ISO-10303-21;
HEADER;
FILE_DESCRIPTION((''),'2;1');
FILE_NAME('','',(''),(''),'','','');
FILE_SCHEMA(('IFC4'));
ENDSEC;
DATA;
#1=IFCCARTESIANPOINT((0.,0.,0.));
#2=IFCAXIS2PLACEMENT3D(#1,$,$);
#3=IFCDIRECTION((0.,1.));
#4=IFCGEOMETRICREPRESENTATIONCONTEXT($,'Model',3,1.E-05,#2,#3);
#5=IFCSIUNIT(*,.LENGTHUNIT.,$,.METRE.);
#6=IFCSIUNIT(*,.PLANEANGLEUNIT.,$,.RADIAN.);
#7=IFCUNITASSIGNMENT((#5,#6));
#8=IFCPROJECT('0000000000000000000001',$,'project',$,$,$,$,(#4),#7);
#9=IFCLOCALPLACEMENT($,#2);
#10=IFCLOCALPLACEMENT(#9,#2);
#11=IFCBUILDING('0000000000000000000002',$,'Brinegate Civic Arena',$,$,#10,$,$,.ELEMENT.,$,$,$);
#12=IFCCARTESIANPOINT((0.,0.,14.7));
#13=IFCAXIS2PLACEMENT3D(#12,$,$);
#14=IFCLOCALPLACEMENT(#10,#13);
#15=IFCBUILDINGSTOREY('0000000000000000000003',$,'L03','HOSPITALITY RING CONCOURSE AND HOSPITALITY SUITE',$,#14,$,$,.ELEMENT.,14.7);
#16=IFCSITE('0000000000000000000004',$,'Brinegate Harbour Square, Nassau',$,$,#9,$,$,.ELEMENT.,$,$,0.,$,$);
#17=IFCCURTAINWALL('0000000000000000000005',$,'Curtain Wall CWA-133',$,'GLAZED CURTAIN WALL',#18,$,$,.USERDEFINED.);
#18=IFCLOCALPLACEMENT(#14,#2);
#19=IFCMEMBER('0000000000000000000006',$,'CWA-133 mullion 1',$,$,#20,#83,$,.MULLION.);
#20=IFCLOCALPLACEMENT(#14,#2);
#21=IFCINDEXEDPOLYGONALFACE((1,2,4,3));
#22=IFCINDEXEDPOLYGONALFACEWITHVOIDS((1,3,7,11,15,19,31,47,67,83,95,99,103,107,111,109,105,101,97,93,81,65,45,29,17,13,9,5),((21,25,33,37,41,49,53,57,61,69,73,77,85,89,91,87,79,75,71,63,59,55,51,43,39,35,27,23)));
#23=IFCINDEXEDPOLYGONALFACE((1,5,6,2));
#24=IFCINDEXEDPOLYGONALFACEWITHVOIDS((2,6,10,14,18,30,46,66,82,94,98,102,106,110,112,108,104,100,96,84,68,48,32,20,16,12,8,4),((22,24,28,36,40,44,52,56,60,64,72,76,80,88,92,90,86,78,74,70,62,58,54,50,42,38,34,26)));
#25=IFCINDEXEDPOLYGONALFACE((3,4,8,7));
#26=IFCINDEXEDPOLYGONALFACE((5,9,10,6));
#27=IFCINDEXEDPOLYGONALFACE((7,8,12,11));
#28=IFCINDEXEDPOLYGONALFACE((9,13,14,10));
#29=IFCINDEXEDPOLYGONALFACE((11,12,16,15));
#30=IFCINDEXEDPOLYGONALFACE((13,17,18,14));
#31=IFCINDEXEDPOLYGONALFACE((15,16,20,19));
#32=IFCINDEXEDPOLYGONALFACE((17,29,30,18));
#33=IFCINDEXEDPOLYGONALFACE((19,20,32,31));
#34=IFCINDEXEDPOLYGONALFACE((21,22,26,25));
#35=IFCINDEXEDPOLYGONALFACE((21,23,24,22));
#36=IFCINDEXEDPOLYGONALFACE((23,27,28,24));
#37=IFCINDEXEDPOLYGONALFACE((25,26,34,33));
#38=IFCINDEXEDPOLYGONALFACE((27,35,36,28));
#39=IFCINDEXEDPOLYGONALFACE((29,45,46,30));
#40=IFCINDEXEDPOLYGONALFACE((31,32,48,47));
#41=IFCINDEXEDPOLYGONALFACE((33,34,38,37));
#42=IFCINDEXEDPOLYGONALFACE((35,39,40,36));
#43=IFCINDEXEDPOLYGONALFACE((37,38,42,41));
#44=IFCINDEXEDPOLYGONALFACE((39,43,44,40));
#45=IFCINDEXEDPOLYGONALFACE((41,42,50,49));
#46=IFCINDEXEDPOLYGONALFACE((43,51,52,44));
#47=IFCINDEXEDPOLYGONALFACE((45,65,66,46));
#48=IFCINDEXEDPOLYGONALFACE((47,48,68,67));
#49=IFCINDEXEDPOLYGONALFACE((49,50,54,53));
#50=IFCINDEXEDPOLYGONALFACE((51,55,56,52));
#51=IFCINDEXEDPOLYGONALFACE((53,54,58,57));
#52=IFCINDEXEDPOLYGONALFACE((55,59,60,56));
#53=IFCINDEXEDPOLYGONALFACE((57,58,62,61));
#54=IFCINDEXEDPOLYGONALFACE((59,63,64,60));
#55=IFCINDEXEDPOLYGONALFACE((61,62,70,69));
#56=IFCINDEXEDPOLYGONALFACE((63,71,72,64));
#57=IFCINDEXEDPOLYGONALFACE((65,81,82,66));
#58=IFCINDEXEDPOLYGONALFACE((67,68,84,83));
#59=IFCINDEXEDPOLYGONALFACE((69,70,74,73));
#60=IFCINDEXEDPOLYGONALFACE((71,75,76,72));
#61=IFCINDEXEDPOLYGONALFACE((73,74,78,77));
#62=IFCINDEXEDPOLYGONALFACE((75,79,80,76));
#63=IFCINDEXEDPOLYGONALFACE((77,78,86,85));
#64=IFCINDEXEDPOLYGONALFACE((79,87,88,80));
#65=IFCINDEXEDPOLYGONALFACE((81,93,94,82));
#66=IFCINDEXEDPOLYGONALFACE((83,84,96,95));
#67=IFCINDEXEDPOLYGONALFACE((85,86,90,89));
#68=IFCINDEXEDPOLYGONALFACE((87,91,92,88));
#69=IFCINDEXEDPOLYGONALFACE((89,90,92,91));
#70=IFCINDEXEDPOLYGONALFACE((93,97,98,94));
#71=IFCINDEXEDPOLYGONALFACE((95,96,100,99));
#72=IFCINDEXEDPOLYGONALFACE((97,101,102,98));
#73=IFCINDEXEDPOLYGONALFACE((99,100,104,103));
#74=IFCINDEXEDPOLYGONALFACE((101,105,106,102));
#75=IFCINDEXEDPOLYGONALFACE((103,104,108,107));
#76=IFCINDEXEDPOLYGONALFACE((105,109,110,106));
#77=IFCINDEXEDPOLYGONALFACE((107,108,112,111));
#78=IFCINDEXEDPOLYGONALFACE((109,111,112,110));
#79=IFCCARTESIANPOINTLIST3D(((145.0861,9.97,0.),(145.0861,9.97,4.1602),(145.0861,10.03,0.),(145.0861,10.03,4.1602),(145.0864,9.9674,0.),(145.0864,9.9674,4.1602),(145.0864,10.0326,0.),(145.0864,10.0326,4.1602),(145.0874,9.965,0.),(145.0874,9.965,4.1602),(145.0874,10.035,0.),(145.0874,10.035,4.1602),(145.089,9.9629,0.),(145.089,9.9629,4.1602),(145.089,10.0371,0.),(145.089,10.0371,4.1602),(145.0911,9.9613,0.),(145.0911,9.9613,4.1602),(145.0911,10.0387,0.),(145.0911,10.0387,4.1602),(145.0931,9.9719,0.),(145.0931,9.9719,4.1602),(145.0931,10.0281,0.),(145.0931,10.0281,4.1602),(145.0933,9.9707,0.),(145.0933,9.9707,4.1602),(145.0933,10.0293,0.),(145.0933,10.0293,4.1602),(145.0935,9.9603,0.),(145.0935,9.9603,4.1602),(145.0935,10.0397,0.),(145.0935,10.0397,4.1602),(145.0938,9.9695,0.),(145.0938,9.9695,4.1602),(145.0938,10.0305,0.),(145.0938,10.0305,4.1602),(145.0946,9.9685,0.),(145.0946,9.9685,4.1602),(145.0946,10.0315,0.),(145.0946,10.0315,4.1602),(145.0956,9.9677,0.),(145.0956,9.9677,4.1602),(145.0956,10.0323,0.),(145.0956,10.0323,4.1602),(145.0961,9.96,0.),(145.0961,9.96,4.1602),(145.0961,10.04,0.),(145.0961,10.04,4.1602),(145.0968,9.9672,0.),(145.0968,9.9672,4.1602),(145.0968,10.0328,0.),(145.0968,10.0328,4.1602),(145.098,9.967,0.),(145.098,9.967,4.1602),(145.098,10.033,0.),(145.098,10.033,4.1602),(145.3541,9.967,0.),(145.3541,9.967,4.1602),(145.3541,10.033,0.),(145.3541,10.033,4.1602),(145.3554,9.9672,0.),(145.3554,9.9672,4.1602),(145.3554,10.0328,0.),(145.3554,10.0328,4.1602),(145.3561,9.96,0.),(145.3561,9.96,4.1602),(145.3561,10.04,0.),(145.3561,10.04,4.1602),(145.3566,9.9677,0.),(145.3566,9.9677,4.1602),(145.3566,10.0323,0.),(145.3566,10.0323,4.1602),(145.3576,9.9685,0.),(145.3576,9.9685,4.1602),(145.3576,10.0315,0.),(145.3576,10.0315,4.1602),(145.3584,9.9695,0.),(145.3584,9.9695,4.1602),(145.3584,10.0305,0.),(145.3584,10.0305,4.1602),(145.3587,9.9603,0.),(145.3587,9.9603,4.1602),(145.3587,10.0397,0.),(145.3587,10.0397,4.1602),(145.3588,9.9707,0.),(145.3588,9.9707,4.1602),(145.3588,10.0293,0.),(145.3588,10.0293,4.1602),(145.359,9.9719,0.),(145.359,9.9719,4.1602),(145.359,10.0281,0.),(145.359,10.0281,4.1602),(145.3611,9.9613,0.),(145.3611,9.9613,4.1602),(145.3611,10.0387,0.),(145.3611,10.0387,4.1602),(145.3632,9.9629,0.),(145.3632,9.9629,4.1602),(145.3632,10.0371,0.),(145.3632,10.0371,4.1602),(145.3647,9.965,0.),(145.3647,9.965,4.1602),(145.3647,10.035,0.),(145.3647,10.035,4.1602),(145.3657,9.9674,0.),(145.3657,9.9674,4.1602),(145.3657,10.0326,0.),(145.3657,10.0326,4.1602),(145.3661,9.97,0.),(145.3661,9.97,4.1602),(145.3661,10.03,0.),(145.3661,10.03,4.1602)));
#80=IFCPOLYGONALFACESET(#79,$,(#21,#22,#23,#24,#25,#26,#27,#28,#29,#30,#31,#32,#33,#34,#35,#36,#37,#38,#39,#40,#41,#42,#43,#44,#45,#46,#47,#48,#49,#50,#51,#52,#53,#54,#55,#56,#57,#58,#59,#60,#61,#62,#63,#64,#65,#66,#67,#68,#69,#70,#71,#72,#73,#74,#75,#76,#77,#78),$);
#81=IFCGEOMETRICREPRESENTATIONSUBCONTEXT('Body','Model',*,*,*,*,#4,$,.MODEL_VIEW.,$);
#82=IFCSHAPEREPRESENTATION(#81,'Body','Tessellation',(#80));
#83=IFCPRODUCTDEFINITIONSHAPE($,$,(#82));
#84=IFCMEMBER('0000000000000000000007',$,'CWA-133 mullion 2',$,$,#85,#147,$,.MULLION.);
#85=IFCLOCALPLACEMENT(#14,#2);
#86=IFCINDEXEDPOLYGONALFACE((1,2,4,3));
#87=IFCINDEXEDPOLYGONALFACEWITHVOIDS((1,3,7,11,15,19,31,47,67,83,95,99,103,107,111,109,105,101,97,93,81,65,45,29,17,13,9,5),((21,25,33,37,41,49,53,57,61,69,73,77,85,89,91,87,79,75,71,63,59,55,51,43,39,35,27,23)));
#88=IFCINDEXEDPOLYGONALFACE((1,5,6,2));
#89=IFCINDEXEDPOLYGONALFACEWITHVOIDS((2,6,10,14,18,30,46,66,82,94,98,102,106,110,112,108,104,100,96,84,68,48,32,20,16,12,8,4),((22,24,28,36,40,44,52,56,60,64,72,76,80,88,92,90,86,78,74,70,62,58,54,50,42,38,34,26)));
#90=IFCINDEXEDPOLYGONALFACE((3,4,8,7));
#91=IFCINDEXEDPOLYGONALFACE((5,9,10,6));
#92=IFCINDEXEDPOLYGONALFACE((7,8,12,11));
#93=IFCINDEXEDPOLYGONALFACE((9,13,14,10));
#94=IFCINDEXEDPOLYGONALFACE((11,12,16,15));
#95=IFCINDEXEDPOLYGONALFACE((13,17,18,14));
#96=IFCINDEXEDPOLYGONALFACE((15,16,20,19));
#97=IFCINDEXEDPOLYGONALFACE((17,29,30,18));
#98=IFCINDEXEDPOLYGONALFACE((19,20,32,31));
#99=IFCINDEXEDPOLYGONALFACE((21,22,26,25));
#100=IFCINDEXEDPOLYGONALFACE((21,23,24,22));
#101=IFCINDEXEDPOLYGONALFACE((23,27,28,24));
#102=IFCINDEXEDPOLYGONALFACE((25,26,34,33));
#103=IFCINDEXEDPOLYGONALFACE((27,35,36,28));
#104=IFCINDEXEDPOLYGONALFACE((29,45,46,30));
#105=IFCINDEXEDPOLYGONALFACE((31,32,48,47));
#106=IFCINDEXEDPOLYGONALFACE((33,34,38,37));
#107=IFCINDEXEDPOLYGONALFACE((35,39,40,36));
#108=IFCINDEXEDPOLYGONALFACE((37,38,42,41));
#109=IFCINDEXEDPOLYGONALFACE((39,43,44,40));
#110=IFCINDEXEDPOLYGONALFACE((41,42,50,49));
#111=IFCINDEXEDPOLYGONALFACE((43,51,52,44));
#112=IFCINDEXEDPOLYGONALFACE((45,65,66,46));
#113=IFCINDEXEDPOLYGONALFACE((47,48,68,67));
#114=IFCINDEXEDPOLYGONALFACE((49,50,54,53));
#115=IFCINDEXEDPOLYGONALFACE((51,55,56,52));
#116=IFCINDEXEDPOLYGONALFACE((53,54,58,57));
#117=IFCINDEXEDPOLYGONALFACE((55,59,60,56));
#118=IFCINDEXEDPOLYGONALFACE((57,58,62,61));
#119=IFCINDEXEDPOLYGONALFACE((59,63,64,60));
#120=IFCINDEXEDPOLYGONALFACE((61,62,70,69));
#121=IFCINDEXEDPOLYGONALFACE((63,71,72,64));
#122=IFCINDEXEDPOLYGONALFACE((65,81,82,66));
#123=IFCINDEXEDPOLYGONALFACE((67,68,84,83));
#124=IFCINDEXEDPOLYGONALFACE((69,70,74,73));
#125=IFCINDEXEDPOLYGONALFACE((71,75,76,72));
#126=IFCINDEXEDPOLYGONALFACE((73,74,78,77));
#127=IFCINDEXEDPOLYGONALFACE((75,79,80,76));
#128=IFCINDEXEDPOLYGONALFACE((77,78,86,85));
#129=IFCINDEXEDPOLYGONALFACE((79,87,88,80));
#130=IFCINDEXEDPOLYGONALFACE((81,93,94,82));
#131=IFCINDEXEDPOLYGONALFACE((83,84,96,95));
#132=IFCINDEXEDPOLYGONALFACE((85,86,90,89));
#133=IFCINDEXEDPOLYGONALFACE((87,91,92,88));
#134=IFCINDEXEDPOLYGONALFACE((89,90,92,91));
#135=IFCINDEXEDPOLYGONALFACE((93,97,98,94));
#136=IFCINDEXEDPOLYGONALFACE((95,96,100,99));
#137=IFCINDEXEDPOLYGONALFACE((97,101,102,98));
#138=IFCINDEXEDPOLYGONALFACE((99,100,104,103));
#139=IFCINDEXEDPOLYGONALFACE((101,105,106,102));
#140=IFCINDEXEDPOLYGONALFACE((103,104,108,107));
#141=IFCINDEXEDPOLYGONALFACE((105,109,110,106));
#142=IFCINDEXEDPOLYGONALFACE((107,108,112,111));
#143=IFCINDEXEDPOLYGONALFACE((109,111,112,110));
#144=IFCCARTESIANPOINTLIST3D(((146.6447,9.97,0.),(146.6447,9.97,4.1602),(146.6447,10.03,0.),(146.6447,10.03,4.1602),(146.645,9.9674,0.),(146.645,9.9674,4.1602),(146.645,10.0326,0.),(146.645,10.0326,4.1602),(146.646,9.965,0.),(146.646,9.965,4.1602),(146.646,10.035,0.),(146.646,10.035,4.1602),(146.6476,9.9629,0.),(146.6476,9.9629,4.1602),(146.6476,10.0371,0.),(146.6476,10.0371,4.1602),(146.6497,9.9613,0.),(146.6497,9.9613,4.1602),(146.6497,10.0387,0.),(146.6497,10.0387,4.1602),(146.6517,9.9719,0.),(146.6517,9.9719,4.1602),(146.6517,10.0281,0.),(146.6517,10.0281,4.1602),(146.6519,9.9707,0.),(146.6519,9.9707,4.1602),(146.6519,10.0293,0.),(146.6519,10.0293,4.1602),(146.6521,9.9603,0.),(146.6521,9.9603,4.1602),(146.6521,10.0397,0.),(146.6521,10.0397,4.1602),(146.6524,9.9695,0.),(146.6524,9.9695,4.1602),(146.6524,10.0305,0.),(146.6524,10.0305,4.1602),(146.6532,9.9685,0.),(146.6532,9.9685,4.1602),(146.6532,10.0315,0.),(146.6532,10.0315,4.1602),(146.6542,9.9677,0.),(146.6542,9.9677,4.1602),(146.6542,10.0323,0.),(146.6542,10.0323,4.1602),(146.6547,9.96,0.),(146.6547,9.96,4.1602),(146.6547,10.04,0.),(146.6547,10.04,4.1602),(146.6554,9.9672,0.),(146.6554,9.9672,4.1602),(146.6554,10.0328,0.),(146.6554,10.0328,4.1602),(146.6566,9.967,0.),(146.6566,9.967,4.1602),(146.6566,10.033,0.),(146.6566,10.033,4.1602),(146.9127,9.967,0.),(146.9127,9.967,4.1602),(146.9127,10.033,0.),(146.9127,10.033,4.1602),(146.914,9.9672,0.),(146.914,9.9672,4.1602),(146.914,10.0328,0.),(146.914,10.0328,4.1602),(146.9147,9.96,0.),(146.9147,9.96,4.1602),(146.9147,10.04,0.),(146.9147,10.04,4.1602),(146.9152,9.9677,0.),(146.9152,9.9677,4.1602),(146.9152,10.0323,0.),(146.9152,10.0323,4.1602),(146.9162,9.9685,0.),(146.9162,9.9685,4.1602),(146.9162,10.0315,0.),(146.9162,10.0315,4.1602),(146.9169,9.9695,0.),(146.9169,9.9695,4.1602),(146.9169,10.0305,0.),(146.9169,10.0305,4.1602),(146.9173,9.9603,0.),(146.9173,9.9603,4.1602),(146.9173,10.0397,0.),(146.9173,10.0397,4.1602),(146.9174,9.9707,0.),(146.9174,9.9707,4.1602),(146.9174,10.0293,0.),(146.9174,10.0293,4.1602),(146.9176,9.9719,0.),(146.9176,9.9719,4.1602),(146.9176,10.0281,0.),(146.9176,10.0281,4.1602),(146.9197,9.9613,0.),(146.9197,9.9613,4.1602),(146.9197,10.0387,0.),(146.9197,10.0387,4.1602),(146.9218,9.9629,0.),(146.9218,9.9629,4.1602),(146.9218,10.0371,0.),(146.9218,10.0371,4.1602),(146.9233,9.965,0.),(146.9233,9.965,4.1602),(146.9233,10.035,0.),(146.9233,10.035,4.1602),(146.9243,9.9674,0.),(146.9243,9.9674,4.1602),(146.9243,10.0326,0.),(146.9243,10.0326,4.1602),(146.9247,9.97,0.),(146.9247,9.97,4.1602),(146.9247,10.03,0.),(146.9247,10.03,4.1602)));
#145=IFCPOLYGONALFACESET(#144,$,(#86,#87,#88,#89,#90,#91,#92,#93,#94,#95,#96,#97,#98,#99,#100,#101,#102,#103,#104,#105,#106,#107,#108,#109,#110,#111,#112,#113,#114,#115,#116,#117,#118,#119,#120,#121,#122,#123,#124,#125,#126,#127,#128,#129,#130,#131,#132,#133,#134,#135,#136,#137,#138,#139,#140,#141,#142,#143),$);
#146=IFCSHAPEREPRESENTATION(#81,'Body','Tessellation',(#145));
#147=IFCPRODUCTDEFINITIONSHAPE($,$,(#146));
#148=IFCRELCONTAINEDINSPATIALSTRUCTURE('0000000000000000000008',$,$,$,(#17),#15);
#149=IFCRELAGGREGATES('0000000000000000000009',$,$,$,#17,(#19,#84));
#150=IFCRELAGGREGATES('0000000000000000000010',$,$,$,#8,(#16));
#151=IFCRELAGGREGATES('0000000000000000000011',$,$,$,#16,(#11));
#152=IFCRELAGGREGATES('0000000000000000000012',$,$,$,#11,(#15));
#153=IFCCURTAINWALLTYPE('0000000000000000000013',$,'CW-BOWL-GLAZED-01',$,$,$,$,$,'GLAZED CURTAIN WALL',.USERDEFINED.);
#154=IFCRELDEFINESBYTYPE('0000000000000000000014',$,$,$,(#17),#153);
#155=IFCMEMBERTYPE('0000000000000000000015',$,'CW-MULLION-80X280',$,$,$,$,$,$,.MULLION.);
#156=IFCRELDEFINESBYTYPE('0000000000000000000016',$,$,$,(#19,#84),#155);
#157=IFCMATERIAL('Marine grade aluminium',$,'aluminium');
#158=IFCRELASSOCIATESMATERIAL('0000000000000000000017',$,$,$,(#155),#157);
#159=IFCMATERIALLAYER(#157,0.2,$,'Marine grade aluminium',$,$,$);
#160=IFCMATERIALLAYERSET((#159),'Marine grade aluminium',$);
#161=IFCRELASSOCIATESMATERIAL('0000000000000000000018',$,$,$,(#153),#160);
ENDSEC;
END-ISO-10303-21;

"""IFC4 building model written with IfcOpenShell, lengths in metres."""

from ifc_helpers import new_model, si_unit, direction, frame, origin, origin_2d, place, context, subcontext, project, spatial, hollow_rectangle, extrude, material, layer, layer_set, material_profile, profile_set, type_object, element, aggregate, save


model = new_model("IFC4")

# Units and contexts
model_context = context("Model", 3, precision=1e-05, world=origin(), true_north=direction((0.0, 1.0)))
body_context = subcontext(model_context, "Body", "Model", "MODEL_VIEW")
ifc_project = project(units=[si_unit("LENGTHUNIT", "METRE"), si_unit("PLANEANGLEUNIT", "RADIAN")], contexts=[model_context])

# Site, building, storey
site_placement = place(None, origin())
site = spatial("IfcSite", under=ifc_project, at=site_placement, Name="Brinegate Harbour Square, Nassau", CompositionType="ELEMENT", RefElevation=0.0)
building_placement = place(site_placement, origin())
building = spatial("IfcBuilding", under=site, at=building_placement, Name="Brinegate Civic Arena", CompositionType="ELEMENT")
storey_placement = place(building_placement, frame((0.0, 0.0, 14.7)))
storey = spatial("IfcBuildingStorey", under=building, at=storey_placement, Name="L03", Description="HOSPITALITY RING CONCOURSE AND HOSPITALITY SUITE", CompositionType="ELEMENT", Elevation=14.7)

# Curtain wall, members
ifc_material_1 = material(Name="Marine grade aluminium", Category="aluminium")
ifc_material_profile_1 = material_profile(ifc_material_1, hollow_rectangle(XDim=0.0801, YDim=0.28, WallThickness=0.0071, InnerFilletRadius=0.0049, OuterFilletRadius=0.01, at=origin_2d()), Name="MUL80X280")
ifc_profile_set_1 = profile_set([ifc_material_profile_1], Name="Marine grade aluminium")
member_type_1 = type_object("IfcMemberType", Name="CW-MULLION-80X280", PredefinedType="MULLION", material=ifc_profile_set_1)
ifc_layer_1 = layer(ifc_material_1, 0.2, Name="Marine grade aluminium")
ifc_layer_set_1 = layer_set([ifc_layer_1], Name="Marine grade aluminium")
curtain_wall_type_1 = type_object("IfcCurtainWallType", Name="CW-BOWL-GLAZED-01", ElementType="GLAZED CURTAIN WALL", PredefinedType="USERDEFINED", material=ifc_layer_set_1)
curtain_wall_1_placement = place(storey_placement, origin())
curtain_wall_1 = element("IfcCurtainWall", 1, at=curtain_wall_1_placement, inside=storey, type_object=curtain_wall_type_1, Name="Curtain Wall CWA-133", ObjectType="GLAZED CURTAIN WALL", PredefinedType="USERDEFINED")
member_1_placement = place(storey_placement, frame((145.2261, 10.0, 0.0), z_axis=(0.0, 0.0, 1.0), x_axis=(0.0, 1.0, 0.0)))
member_1 = element("IfcMember", 2, at=member_1_placement, type_object=member_type_1, Name="CWA-133 mullion 1", PredefinedType="MULLION", context=body_context, shape_type="SweptSolid", body=[
    extrude(hollow_rectangle(XDim=0.0801, YDim=0.28, WallThickness=0.0071, InnerFilletRadius=0.0049, OuterFilletRadius=0.01, at=origin_2d()), origin(), (0.0, 0.0, 1.0), 4.1602),
])
member_2_placement = place(storey_placement, frame((146.7847, 10.0, 0.0), z_axis=(0.0, 0.0, 1.0), x_axis=(0.0, 1.0, 0.0)))
member_2 = element("IfcMember", 3, at=member_2_placement, type_object=member_type_1, Name="CWA-133 mullion 2", PredefinedType="MULLION", context=body_context, shape_type="SweptSolid", body=[
    extrude(hollow_rectangle(XDim=0.0801, YDim=0.28, WallThickness=0.0071, InnerFilletRadius=0.0049, OuterFilletRadius=0.01, at=origin_2d()), origin(), (0.0, 0.0, 1.0), 4.1602),
])

aggregate(curtain_wall_1, [member_1, member_2])

save(model, "model.ifc")
